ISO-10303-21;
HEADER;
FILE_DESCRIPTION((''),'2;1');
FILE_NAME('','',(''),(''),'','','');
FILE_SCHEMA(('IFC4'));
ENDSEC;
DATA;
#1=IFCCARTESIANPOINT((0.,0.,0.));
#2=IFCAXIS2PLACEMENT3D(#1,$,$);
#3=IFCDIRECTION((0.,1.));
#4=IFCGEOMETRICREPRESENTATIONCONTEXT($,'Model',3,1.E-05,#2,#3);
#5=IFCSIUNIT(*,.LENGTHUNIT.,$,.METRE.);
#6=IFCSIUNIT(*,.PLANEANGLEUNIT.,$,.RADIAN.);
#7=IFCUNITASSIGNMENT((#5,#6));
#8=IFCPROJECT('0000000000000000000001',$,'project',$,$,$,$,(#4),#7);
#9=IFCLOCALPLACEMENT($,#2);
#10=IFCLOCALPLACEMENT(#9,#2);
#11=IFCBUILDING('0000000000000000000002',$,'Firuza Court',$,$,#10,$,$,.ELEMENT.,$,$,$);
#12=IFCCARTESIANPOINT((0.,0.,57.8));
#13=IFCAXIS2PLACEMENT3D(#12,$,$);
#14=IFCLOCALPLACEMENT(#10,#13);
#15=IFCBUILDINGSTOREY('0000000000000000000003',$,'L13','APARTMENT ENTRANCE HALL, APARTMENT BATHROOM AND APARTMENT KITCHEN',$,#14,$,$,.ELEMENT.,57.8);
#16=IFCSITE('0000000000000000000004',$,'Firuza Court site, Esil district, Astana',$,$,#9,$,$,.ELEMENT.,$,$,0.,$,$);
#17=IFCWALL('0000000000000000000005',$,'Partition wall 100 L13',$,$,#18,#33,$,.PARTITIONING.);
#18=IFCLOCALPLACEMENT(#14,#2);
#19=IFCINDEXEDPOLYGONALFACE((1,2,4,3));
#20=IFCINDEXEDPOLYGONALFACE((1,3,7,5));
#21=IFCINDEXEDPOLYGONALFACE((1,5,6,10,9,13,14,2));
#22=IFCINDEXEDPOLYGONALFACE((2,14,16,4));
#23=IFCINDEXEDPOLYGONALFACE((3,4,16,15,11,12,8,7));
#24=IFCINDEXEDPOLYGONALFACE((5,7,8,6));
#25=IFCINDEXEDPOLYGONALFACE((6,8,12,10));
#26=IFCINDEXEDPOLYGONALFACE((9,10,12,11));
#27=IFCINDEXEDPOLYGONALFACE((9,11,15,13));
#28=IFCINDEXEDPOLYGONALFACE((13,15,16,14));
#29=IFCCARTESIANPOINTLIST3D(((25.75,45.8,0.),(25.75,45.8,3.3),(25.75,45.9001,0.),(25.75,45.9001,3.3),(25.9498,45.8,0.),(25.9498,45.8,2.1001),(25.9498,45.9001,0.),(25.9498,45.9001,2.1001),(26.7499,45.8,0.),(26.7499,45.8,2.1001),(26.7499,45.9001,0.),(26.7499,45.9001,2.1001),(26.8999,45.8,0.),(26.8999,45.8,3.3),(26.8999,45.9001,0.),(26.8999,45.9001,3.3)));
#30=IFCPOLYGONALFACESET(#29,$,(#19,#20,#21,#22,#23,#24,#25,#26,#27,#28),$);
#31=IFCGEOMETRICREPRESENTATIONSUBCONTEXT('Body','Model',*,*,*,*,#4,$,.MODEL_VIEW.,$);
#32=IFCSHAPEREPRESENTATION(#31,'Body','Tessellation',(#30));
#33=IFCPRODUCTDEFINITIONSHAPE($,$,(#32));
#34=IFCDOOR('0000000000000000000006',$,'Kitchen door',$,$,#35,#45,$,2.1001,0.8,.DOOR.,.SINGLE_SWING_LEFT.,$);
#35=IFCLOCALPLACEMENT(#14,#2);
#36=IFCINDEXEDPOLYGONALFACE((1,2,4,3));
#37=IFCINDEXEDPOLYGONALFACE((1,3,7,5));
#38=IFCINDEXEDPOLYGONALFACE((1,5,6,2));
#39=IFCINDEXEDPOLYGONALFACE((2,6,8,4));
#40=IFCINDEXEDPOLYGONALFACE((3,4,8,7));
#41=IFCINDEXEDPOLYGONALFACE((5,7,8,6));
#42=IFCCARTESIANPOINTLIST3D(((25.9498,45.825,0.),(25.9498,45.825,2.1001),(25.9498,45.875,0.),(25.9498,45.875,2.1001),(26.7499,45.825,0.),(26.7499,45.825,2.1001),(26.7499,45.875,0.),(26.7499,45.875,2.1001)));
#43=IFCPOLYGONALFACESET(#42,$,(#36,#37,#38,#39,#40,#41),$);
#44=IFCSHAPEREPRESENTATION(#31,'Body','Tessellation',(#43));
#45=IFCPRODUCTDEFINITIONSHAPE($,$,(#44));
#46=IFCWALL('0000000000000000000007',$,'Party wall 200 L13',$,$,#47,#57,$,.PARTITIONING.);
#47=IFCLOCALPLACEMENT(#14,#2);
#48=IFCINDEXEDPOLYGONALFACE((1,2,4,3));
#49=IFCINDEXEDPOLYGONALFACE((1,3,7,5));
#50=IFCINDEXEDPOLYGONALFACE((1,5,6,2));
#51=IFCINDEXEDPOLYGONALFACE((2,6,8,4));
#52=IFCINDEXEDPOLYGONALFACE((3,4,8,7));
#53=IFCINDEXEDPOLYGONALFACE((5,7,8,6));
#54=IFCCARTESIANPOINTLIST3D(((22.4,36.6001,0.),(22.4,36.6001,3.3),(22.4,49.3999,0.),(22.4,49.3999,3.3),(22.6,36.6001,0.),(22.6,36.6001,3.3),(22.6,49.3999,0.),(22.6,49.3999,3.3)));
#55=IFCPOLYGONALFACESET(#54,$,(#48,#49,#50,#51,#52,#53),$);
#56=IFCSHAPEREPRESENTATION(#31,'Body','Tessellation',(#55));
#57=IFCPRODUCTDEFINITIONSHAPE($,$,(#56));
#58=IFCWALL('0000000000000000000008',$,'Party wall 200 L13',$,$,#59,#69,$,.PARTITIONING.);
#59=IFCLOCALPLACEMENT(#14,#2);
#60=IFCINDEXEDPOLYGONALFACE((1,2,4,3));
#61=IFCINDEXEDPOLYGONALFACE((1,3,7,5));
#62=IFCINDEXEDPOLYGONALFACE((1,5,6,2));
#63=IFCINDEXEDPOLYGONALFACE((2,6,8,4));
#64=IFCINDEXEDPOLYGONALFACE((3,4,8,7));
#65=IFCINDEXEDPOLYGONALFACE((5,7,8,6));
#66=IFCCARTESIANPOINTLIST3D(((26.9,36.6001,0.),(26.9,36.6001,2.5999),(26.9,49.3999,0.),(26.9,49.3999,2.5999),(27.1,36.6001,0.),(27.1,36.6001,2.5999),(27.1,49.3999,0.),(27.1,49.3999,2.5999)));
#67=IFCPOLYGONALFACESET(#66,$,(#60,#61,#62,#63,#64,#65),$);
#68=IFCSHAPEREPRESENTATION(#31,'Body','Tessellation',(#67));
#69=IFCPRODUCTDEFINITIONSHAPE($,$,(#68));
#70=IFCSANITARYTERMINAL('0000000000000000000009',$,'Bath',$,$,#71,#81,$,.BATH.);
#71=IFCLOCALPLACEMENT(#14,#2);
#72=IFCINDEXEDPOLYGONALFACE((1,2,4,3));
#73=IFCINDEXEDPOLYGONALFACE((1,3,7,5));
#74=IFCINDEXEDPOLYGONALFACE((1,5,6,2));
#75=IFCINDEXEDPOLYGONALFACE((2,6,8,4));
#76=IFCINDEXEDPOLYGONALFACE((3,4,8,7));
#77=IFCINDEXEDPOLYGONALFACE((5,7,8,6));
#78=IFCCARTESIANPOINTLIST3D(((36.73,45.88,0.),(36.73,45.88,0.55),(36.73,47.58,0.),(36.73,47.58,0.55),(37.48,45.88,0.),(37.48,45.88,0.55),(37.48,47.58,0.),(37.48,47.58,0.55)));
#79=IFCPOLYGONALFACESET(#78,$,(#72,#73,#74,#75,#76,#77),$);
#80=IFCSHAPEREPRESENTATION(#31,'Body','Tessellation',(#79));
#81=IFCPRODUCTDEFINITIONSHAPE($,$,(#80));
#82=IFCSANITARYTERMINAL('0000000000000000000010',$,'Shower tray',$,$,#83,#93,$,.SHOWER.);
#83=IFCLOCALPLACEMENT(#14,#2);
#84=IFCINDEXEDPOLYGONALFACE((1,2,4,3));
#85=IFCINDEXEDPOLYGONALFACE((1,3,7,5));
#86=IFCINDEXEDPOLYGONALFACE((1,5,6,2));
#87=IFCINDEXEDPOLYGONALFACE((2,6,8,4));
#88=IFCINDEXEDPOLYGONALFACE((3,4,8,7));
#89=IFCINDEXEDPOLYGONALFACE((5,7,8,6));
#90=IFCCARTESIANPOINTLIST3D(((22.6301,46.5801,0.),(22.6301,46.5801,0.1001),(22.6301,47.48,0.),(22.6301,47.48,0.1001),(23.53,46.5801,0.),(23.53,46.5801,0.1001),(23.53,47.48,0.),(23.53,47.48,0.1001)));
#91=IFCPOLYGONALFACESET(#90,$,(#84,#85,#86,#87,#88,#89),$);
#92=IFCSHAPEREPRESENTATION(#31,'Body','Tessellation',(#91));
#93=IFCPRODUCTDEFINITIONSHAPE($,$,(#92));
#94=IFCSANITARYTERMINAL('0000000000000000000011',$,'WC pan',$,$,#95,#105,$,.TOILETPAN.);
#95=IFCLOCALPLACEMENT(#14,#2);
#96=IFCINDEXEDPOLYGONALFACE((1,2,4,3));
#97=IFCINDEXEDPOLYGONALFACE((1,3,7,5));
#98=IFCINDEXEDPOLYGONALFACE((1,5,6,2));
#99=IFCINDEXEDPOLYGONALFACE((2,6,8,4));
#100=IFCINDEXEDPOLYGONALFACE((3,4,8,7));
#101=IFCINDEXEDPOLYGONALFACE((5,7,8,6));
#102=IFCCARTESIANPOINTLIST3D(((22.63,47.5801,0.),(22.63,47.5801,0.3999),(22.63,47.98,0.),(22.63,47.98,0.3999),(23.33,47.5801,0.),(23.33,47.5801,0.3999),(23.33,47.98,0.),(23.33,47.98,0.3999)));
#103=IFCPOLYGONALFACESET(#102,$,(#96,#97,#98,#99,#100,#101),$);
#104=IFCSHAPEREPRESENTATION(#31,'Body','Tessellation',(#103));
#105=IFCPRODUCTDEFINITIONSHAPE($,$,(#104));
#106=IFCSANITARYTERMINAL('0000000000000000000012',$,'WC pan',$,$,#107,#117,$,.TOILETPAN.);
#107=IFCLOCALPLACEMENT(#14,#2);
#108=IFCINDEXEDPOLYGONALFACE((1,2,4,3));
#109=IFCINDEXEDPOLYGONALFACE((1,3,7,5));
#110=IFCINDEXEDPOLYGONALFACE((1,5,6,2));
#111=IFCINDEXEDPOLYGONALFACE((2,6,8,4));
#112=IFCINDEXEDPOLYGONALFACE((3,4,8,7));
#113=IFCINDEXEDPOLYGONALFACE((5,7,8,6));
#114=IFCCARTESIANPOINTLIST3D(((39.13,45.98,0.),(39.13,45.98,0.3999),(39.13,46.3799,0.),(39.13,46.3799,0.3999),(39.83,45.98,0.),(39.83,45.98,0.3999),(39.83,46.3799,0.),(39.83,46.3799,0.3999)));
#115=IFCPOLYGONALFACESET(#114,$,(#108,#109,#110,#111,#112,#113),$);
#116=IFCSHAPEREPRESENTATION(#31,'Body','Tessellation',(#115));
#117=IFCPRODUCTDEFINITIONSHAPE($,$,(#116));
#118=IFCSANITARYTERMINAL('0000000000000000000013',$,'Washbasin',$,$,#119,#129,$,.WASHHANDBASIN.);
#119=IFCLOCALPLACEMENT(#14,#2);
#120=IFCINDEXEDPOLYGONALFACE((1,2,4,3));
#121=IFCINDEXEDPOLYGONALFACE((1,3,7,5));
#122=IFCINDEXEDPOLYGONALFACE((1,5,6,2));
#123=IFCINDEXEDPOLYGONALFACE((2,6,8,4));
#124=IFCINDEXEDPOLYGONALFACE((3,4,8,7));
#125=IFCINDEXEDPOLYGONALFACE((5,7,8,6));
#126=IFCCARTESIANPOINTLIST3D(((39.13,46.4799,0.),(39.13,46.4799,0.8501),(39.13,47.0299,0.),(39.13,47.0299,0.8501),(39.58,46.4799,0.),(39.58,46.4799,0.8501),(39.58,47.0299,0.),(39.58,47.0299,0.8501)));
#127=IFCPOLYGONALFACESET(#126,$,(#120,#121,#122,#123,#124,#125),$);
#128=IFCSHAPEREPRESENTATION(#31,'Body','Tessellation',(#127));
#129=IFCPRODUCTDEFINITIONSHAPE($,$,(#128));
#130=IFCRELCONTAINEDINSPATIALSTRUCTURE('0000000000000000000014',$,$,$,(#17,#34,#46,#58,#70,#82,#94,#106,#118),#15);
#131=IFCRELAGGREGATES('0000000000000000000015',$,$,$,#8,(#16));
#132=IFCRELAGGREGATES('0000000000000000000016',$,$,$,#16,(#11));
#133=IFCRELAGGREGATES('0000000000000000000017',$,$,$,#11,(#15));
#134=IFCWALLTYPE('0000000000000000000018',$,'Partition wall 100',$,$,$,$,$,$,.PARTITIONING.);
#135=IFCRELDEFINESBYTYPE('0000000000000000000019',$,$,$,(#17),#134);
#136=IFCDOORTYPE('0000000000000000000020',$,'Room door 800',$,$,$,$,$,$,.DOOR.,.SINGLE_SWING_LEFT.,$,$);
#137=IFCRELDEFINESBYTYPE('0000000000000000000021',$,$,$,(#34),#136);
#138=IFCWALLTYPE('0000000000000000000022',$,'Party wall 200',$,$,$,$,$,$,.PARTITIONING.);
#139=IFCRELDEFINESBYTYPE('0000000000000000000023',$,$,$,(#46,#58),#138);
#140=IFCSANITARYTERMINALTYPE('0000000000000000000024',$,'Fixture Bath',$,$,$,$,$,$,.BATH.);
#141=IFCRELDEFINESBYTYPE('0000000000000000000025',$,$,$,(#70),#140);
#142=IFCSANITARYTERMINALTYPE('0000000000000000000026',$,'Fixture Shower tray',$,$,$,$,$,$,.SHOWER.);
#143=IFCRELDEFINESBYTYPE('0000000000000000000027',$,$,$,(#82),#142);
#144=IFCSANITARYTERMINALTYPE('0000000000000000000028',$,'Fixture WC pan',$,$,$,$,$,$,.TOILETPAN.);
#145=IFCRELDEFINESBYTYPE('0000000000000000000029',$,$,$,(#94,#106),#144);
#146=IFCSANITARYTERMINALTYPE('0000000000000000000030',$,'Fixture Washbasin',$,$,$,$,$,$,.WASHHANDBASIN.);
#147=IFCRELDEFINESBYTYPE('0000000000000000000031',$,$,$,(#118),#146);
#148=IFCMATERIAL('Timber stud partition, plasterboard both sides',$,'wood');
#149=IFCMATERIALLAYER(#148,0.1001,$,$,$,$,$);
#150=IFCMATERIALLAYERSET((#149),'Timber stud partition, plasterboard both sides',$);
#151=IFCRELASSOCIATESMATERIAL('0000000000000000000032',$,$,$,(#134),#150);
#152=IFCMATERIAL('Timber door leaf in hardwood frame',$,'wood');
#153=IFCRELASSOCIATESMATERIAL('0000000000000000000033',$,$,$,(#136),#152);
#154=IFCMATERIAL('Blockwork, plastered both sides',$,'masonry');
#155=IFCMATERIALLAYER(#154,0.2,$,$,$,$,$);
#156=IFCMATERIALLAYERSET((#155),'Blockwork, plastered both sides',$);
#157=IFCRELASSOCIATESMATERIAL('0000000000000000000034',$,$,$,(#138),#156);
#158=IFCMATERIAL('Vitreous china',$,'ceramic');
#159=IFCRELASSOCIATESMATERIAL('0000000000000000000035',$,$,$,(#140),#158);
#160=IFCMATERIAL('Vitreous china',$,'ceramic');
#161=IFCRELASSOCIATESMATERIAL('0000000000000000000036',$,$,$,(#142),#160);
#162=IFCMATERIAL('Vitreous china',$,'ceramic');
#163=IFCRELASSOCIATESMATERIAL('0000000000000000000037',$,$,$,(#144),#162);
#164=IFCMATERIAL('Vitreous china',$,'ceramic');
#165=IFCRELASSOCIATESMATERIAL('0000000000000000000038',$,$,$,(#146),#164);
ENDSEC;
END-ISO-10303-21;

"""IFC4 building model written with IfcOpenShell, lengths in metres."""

from ifc_helpers import new_model, si_unit, direction, frame, frame_2d, origin, origin_2d, place, context, subcontext, project, spatial, rectangle, extrude, material, layer, layer_set, type_object, element, fill, save


model = new_model("IFC4")

# Units and contexts
model_context = context("Model", 3, precision=1e-05, world=origin(), true_north=direction((0.0, 1.0)))
body_context = subcontext(model_context, "Body", "Model", "MODEL_VIEW")
ifc_project = project(units=[si_unit("LENGTHUNIT", "METRE"), si_unit("PLANEANGLEUNIT", "RADIAN")], contexts=[model_context])

# Site, building, storey
site_placement = place(None, origin())
site = spatial("IfcSite", under=ifc_project, at=site_placement, Name="Firuza Court site, Esil district, Astana", CompositionType="ELEMENT", RefElevation=0.0)
building_placement = place(site_placement, origin())
building = spatial("IfcBuilding", under=site, at=building_placement, Name="Firuza Court", CompositionType="ELEMENT")
storey_placement = place(building_placement, frame((0.0, 0.0, 57.8)))
storey = spatial("IfcBuildingStorey", under=building, at=storey_placement, Name="L13", Description="APARTMENT ENTRANCE HALL, APARTMENT BATHROOM AND APARTMENT KITCHEN", CompositionType="ELEMENT", Elevation=57.8)

# Shared definitions
ifc_material_1 = material(Name="Timber stud partition, plasterboard both sides", Category="wood")
ifc_layer_1 = layer(ifc_material_1, 0.1001)
ifc_layer_set_1 = layer_set([ifc_layer_1], Name="Timber stud partition, plasterboard both sides")
wall_type_1 = type_object("IfcWallType", Name="Partition wall 100", PredefinedType="PARTITIONING", material=ifc_layer_set_1)

# Wall, opening, door
wall_1_placement = place(storey_placement, frame((25.75, 45.8501, 0.0), z_axis=(0.0, 0.0, 1.0), x_axis=(1.0, 0.0, 0.0)))
wall_1 = element("IfcWall", 1, at=wall_1_placement, inside=storey, type_object=wall_type_1, Name="Partition wall 100 L13", PredefinedType="PARTITIONING", context=body_context, shape_type="SweptSolid", body=[
    extrude(rectangle(XDim=1.1499, YDim=0.1001, at=frame_2d((0.575, 0.0))), origin(), (0.0, 0.0, 1.0), 3.3),
])
opening_1_placement = place(wall_1_placement, frame((0.2, 0.0, 0.0)))
opening_1 = element("IfcOpeningElement", 2, at=opening_1_placement, cuts=wall_1, PredefinedType="OPENING", context=body_context, shape_type="SweptSolid", body=[
    extrude(rectangle(XDim=0.8, YDim=2.1001, at=frame_2d((0.3999, 1.05))), frame((0.0, 0.062, 0.0), z_axis=(0.0, -1.0, 0.0), x_axis=(1.0, 0.0, 0.0)), (0.0, 0.0, 1.0), 0.124),
])
ifc_material_2 = material(Name="Timber door leaf in hardwood frame", Category="wood")
door_type_1 = type_object("IfcDoorType", Name="Room door 800", OperationType="SINGLE_SWING_LEFT", PredefinedType="DOOR", material=ifc_material_2)
door_1_placement = place(opening_1_placement, origin())
door_1 = element("IfcDoor", 3, at=door_1_placement, inside=storey, type_object=door_type_1, Name="Kitchen door", OperationType="SINGLE_SWING_LEFT", OverallHeight=2.1001, OverallWidth=0.8, PredefinedType="DOOR", context=body_context, shape_type="SweptSolid", body=[
    extrude(rectangle(XDim=0.8, YDim=2.1001, at=frame_2d((0.3999, 1.05))), frame((0.0, 0.0249, 0.0), z_axis=(0.0, -1.0, 0.0), x_axis=(1.0, 0.0, 0.0)), (0.0, 0.0, 1.0), 0.05),
])
fill(opening_1, door_1)

# Walls
ifc_material_3 = material(Name="Blockwork, plastered both sides", Category="masonry")
ifc_layer_2 = layer(ifc_material_3, 0.2)
ifc_layer_set_2 = layer_set([ifc_layer_2], Name="Blockwork, plastered both sides")
wall_type_2 = type_object("IfcWallType", Name="Party wall 200", PredefinedType="PARTITIONING", material=ifc_layer_set_2)
wall_2_placement = place(storey_placement, frame((22.5, 36.6001, 0.0), z_axis=(0.0, 0.0, 1.0), x_axis=(0.0, 1.0, 0.0)))
element("IfcWall", 4, at=wall_2_placement, inside=storey, type_object=wall_type_2, Name="Party wall 200 L13", PredefinedType="PARTITIONING", context=body_context, shape_type="SweptSolid", body=[
    extrude(rectangle(XDim=12.7998, YDim=0.2, at=frame_2d((6.3999, 0.0))), origin(), (0.0, 0.0, 1.0), 3.3),
])
wall_3_placement = place(storey_placement, frame((27.0, 36.6001, 0.0), z_axis=(0.0, 0.0, 1.0), x_axis=(0.0, 1.0, 0.0)))
element("IfcWall", 5, at=wall_3_placement, inside=storey, type_object=wall_type_2, Name="Party wall 200 L13", PredefinedType="PARTITIONING", context=body_context, shape_type="SweptSolid", body=[
    extrude(rectangle(XDim=12.7998, YDim=0.2, at=frame_2d((6.3999, 0.0))), origin(), (0.0, 0.0, 1.0), 2.5999),
])

# Sanitary terminals
ifc_material_4 = material(Name="Vitreous china", Category="ceramic")
sanitary_terminal_type_1 = type_object("IfcSanitaryTerminalType", Name="Fixture Bath", PredefinedType="BATH", material=ifc_material_4)
sanitary_terminal_1_placement = place(storey_placement, frame((37.105, 46.73, 0.0), z_axis=(0.0, 0.0, 1.0), x_axis=(1.0, 0.0, 0.0)))
element("IfcSanitaryTerminal", 6, at=sanitary_terminal_1_placement, inside=storey, type_object=sanitary_terminal_type_1, Name="Bath", PredefinedType="BATH", context=body_context, shape_type="SweptSolid", body=[
    extrude(rectangle(XDim=0.75, YDim=1.7, at=origin_2d()), origin(), (0.0, 0.0, 1.0), 0.55),
])
ifc_material_5 = material(Name="Vitreous china", Category="ceramic")
sanitary_terminal_type_2 = type_object("IfcSanitaryTerminalType", Name="Fixture Shower tray", PredefinedType="SHOWER", material=ifc_material_5)
sanitary_terminal_2_placement = place(storey_placement, frame((23.0801, 47.03, 0.0), z_axis=(0.0, 0.0, 1.0), x_axis=(1.0, 0.0, 0.0)))
element("IfcSanitaryTerminal", 7, at=sanitary_terminal_2_placement, inside=storey, type_object=sanitary_terminal_type_2, Name="Shower tray", PredefinedType="SHOWER", context=body_context, shape_type="SweptSolid", body=[
    extrude(rectangle(XDim=0.8999, YDim=0.8999, at=origin_2d()), origin(), (0.0, 0.0, 1.0), 0.1001),
])
ifc_material_6 = material(Name="Vitreous china", Category="ceramic")
sanitary_terminal_type_3 = type_object("IfcSanitaryTerminalType", Name="Fixture WC pan", PredefinedType="TOILETPAN", material=ifc_material_6)
for number, where, z_axis, x_axis, name in (
    (8, (22.98, 47.78, 0.0), (0.0, 0.0, 1.0), (1.0, 0.0, 0.0), "WC pan"),
    (9, (39.48, 46.1799, 0.0), (0.0, 0.0, 1.0), (1.0, 0.0, 0.0), "WC pan"),
):
    element("IfcSanitaryTerminal", number, at=place(storey_placement, frame(where, z_axis=z_axis, x_axis=x_axis)), inside=storey, type_object=sanitary_terminal_type_3, Name=name, PredefinedType="TOILETPAN", context=body_context, shape_type="SweptSolid", body=[
        extrude(rectangle(XDim=0.7, YDim=0.3999, at=origin_2d()), origin(), (0.0, 0.0, 1.0), 0.3999),
    ])
ifc_material_7 = material(Name="Vitreous china", Category="ceramic")
sanitary_terminal_type_4 = type_object("IfcSanitaryTerminalType", Name="Fixture Washbasin", PredefinedType="WASHHANDBASIN", material=ifc_material_7)
sanitary_terminal_3_placement = place(storey_placement, frame((39.355, 46.7549, 0.0), z_axis=(0.0, 0.0, 1.0), x_axis=(1.0, 0.0, 0.0)))
element("IfcSanitaryTerminal", 10, at=sanitary_terminal_3_placement, inside=storey, type_object=sanitary_terminal_type_4, Name="Washbasin", PredefinedType="WASHHANDBASIN", context=body_context, shape_type="SweptSolid", body=[
    extrude(rectangle(XDim=0.45, YDim=0.55, at=origin_2d()), origin(), (0.0, 0.0, 1.0), 0.8501),
])

save(model, "model.ifc")
